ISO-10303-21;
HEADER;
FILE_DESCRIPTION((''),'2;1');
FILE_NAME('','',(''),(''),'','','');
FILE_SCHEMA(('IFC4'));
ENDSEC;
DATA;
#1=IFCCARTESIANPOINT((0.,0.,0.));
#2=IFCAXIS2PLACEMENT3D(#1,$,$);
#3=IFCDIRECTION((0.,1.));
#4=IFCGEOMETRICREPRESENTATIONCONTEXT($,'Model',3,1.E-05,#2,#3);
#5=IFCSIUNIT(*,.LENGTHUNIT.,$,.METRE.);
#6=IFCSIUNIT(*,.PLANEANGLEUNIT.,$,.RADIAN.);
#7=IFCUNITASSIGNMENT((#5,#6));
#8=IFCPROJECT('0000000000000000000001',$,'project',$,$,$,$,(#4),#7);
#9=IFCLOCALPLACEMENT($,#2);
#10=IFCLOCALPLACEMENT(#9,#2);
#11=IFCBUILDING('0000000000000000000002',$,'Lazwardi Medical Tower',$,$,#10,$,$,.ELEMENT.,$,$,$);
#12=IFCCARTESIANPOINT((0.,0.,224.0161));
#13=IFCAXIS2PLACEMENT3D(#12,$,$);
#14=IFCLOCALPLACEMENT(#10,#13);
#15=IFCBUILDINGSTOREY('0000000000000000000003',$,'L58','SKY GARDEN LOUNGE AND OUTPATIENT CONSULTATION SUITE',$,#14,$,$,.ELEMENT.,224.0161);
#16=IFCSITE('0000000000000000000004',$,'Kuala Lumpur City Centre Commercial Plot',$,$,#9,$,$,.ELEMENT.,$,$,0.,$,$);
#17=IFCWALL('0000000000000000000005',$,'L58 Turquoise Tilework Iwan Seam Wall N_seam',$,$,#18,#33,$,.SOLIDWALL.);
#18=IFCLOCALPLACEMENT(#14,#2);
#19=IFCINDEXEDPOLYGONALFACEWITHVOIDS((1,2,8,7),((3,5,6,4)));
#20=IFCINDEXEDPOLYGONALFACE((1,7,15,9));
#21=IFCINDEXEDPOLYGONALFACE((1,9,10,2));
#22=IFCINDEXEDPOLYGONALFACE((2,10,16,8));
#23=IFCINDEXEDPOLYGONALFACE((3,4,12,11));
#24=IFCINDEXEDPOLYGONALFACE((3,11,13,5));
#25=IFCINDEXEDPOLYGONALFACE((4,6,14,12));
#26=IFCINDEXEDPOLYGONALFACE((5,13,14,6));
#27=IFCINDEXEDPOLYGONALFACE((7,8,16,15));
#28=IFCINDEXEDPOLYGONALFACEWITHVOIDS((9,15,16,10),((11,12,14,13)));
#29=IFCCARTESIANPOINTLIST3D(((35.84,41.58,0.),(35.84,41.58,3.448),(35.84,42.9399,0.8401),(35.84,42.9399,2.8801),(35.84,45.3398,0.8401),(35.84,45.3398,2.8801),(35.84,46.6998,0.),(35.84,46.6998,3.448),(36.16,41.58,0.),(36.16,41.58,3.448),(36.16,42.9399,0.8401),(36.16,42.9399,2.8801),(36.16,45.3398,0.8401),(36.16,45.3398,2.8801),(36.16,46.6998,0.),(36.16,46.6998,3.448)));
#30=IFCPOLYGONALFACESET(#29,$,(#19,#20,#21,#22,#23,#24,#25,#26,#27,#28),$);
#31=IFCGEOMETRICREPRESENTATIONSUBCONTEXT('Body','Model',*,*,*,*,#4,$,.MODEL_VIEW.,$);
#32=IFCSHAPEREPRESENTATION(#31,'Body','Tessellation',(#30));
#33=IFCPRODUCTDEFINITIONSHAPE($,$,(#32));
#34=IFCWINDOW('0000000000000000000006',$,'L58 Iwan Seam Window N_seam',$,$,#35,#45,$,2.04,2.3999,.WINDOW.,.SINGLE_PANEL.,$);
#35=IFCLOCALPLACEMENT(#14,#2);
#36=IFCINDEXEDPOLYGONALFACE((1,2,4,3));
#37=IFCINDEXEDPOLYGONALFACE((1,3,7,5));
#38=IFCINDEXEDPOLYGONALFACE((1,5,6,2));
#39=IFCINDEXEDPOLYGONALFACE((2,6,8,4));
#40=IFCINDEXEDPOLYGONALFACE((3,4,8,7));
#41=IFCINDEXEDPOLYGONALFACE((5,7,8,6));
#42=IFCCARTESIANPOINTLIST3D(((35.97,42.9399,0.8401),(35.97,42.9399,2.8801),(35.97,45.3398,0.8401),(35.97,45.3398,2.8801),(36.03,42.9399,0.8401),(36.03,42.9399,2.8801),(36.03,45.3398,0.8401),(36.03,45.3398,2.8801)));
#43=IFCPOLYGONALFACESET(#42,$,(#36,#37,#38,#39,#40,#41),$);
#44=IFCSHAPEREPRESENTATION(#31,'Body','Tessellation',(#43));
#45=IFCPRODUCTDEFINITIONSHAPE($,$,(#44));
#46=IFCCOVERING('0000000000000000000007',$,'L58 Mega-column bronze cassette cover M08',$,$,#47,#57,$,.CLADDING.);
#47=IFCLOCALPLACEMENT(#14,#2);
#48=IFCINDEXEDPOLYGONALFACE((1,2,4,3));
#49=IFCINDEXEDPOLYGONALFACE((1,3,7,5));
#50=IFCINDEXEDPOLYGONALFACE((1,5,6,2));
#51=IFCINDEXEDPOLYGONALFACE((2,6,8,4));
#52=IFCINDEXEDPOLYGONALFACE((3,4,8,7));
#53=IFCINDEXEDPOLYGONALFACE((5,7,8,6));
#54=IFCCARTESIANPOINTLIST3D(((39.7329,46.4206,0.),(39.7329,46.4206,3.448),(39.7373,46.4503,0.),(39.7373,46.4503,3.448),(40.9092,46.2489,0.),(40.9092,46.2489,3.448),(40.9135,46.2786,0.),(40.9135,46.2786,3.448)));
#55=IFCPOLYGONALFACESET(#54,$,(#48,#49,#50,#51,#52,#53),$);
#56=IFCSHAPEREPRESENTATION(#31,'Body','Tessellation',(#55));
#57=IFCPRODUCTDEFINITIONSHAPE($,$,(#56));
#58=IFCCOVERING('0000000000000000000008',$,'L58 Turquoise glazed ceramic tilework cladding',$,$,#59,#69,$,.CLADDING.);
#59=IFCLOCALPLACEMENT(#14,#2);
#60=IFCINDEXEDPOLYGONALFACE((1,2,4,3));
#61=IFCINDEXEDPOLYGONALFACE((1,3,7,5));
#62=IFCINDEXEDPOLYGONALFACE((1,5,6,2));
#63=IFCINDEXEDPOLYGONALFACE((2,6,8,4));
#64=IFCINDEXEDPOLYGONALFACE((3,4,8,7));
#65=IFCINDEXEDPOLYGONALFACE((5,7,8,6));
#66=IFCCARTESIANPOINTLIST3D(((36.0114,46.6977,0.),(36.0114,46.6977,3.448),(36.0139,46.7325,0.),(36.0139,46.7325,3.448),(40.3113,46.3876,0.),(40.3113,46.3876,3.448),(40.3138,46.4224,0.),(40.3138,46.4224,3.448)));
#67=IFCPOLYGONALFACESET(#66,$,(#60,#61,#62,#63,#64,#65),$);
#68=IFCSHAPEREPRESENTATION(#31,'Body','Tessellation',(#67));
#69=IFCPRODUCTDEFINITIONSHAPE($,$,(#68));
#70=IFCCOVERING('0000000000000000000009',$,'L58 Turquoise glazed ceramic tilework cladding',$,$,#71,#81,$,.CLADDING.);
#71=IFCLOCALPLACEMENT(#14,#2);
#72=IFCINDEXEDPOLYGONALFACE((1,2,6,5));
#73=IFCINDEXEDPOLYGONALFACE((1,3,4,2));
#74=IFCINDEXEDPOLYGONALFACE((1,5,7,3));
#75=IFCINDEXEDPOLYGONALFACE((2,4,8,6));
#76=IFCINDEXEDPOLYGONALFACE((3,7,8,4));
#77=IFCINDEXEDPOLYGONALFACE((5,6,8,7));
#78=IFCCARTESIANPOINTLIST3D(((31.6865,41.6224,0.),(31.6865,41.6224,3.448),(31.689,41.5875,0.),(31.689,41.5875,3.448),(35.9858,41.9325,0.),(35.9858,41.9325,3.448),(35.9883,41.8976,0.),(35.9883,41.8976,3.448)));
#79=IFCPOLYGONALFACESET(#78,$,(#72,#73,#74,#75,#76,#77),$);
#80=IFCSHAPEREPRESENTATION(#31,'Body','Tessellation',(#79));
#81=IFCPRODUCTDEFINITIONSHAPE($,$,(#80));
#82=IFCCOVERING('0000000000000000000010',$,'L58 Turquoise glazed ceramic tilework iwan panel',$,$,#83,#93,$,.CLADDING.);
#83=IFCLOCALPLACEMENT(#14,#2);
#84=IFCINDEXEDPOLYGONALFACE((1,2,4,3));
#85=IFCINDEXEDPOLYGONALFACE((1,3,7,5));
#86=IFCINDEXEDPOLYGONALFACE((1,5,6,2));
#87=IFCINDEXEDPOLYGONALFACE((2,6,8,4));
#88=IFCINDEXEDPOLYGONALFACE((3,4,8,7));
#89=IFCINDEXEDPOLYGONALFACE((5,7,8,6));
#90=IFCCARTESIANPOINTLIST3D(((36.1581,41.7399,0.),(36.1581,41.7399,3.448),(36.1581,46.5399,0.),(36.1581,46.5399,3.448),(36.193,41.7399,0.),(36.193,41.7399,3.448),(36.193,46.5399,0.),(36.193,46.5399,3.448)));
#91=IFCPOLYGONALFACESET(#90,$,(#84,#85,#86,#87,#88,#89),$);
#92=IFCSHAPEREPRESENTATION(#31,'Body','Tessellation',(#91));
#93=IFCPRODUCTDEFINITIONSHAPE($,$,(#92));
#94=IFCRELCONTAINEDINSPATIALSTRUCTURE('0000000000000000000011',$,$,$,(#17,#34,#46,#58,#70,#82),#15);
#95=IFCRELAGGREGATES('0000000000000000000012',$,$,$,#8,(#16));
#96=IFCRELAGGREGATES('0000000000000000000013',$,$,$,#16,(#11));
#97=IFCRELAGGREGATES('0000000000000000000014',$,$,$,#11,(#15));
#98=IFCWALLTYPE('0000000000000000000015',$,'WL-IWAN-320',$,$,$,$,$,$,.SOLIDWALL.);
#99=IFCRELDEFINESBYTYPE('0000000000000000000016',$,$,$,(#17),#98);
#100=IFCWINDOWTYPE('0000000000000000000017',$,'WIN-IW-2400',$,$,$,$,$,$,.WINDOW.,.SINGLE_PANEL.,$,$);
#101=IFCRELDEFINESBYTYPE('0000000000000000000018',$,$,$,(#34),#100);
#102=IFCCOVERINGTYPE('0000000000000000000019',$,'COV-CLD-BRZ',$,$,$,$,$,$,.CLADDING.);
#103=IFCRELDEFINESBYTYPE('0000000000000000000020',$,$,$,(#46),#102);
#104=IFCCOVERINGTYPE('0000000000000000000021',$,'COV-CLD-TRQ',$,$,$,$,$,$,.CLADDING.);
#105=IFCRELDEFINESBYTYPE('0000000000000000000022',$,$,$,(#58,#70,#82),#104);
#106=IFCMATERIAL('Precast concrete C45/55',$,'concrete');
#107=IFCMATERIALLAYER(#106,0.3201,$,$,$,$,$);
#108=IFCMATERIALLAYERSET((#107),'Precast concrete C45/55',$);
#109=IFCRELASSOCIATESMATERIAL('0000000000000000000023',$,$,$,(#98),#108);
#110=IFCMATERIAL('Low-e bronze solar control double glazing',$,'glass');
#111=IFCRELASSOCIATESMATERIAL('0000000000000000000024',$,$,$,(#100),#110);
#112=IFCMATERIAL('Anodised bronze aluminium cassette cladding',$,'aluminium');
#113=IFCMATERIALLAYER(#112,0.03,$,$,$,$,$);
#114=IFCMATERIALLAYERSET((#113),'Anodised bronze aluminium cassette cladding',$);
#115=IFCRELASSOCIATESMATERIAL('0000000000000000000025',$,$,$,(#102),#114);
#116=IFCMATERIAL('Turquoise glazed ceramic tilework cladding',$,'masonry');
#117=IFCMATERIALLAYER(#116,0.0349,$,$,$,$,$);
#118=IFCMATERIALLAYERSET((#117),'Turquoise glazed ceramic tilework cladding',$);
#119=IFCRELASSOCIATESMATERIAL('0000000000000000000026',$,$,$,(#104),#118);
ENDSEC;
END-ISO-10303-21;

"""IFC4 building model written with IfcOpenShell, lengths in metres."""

from ifc_helpers import new_model, si_unit, direction, frame, frame_2d, origin, origin_2d, place, context, subcontext, project, spatial, rectangle, extrude, material, layer, layer_set, type_object, element, fill, save


model = new_model("IFC4")

# Units and contexts
model_context = context("Model", 3, precision=1e-05, world=origin(), true_north=direction((0.0, 1.0)))
body_context = subcontext(model_context, "Body", "Model", "MODEL_VIEW")
ifc_project = project(units=[si_unit("LENGTHUNIT", "METRE"), si_unit("PLANEANGLEUNIT", "RADIAN")], contexts=[model_context])

# Site, building, storey
site_placement = place(None, origin())
site = spatial("IfcSite", under=ifc_project, at=site_placement, Name="Kuala Lumpur City Centre Commercial Plot", CompositionType="ELEMENT", RefElevation=0.0)
building_placement = place(site_placement, origin())
building = spatial("IfcBuilding", under=site, at=building_placement, Name="Lazwardi Medical Tower", CompositionType="ELEMENT")
storey_placement = place(building_placement, frame((0.0, 0.0, 224.0161)))
storey = spatial("IfcBuildingStorey", under=building, at=storey_placement, Name="L58", Description="SKY GARDEN LOUNGE AND OUTPATIENT CONSULTATION SUITE", CompositionType="ELEMENT", Elevation=224.0161)

# Shared definitions
ifc_material_1 = material(Name="Low-e bronze solar control double glazing", Category="glass")

# Wall, opening, window
ifc_material_2 = material(Name="Precast concrete C45/55", Category="concrete")
ifc_layer_1 = layer(ifc_material_2, 0.3201)
ifc_layer_set_1 = layer_set([ifc_layer_1], Name="Precast concrete C45/55")
wall_type = type_object("IfcWallType", Name="WL-IWAN-320", PredefinedType="SOLIDWALL", material=ifc_layer_set_1)
wall_1_placement = place(storey_placement, frame((36.0, 46.7, 0.0), z_axis=(0.0, 0.0, 1.0), x_axis=(0.0, -1.0, 0.0)))
wall_1 = element("IfcWall", 1, at=wall_1_placement, inside=storey, type_object=wall_type, Name="L58 Turquoise Tilework Iwan Seam Wall N_seam", PredefinedType="SOLIDWALL", context=body_context, shape_type="SweptSolid", body=[
    extrude(rectangle(XDim=5.1199, YDim=0.3201, at=frame_2d((2.5601, 0.0))), origin(), (0.0, 0.0, 1.0), 3.448),
])
opening_1_placement = place(wall_1_placement, frame((1.3601, 0.0, 0.8401)))
opening_1 = element("IfcOpeningElement", 2, at=opening_1_placement, cuts=wall_1, PredefinedType="OPENING", context=body_context, shape_type="SweptSolid", body=[
    extrude(rectangle(XDim=2.3999, YDim=2.04, at=frame_2d((1.2, 1.02))), frame((0.0, 0.1699, 0.0), z_axis=(0.0, -1.0, 0.0), x_axis=(1.0, 0.0, 0.0)), (0.0, 0.0, 1.0), 0.3401),
])
window_type_1 = type_object("IfcWindowType", Name="WIN-IW-2400", PartitioningType="SINGLE_PANEL", PredefinedType="WINDOW", material=ifc_material_1)
window_1_placement = place(opening_1_placement, origin())
window_1 = element("IfcWindow", 3, at=window_1_placement, inside=storey, type_object=window_type_1, Name="L58 Iwan Seam Window N_seam", OverallHeight=2.04, OverallWidth=2.3999, PartitioningType="SINGLE_PANEL", PredefinedType="WINDOW", context=body_context, shape_type="SweptSolid", body=[
    extrude(rectangle(XDim=2.3999, YDim=2.04, at=frame_2d((1.2, 1.02))), frame((0.0, 0.03, 0.0), z_axis=(0.0, -1.0, 0.0), x_axis=(1.0, 0.0, 0.0)), (0.0, 0.0, 1.0), 0.0601),
])
fill(opening_1, window_1)

# Coverings
ifc_material_3 = material(Name="Anodised bronze aluminium cassette cladding", Category="aluminium")
ifc_layer_2 = layer(ifc_material_3, 0.03)
ifc_layer_set_2 = layer_set([ifc_layer_2], Name="Anodised bronze aluminium cassette cladding")
covering_type_1 = type_object("IfcCoveringType", Name="COV-CLD-BRZ", PredefinedType="CLADDING", material=ifc_layer_set_2)
covering_1_placement = place(storey_placement, frame((40.3232, 46.3496, 0.0), z_axis=(0.0, 0.0, 1.0), x_axis=(-0.989512, 0.144448, 0.0)))
element("IfcCovering", 4, at=covering_1_placement, inside=storey, type_object=covering_type_1, Name="L58 Mega-column bronze cassette cover M08", PredefinedType="CLADDING", context=body_context, shape_type="SweptSolid", body=[
    extrude(rectangle(XDim=1.1887, YDim=0.03, at=origin_2d()), origin(), (0.0, 0.0, 1.0), 3.448),
])
ifc_material_4 = material(Name="Turquoise glazed ceramic tilework cladding", Category="masonry")
ifc_layer_3 = layer(ifc_material_4, 0.0349)
ifc_layer_set_3 = layer_set([ifc_layer_3], Name="Turquoise glazed ceramic tilework cladding")
covering_type_2 = type_object("IfcCoveringType", Name="COV-CLD-TRQ", PredefinedType="CLADDING", material=ifc_layer_set_3)
covering_2_placement = place(storey_placement, frame((38.1626, 46.5601, 0.0), z_axis=(0.0, 0.0, 1.0), x_axis=(-0.997409, 0.071933, 0.0)))
element("IfcCovering", 5, at=covering_2_placement, inside=storey, type_object=covering_type_2, Name="L58 Turquoise glazed ceramic tilework cladding", PredefinedType="CLADDING", context=body_context, shape_type="SweptSolid", body=[
    extrude(rectangle(XDim=4.311, YDim=0.0349, at=origin_2d()), origin(), (0.0, 0.0, 1.0), 3.448),
])
covering_3_placement = place(storey_placement, frame((33.8374, 41.76, 0.0), z_axis=(0.0, 0.0, 1.0), x_axis=(-0.997409, -0.07194, 0.0)))
element("IfcCovering", 6, at=covering_3_placement, inside=storey, type_object=covering_type_2, Name="L58 Turquoise glazed ceramic tilework cladding", PredefinedType="CLADDING", context=body_context, shape_type="SweptSolid", body=[
    extrude(rectangle(XDim=4.3105, YDim=0.0349, at=origin_2d()), origin(), (0.0, 0.0, 1.0), 3.448),
])
covering_4_placement = place(storey_placement, frame((36.1755, 44.1399, 0.0), z_axis=(0.0, 0.0, 1.0), x_axis=(0.0, -1.0, 0.0)))
element("IfcCovering", 7, at=covering_4_placement, inside=storey, type_object=covering_type_2, Name="L58 Turquoise glazed ceramic tilework iwan panel", PredefinedType="CLADDING", context=body_context, shape_type="SweptSolid", body=[
    extrude(rectangle(XDim=4.8, YDim=0.0349, at=origin_2d()), origin(), (0.0, 0.0, 1.0), 3.448),
])

save(model, "model.ifc")
